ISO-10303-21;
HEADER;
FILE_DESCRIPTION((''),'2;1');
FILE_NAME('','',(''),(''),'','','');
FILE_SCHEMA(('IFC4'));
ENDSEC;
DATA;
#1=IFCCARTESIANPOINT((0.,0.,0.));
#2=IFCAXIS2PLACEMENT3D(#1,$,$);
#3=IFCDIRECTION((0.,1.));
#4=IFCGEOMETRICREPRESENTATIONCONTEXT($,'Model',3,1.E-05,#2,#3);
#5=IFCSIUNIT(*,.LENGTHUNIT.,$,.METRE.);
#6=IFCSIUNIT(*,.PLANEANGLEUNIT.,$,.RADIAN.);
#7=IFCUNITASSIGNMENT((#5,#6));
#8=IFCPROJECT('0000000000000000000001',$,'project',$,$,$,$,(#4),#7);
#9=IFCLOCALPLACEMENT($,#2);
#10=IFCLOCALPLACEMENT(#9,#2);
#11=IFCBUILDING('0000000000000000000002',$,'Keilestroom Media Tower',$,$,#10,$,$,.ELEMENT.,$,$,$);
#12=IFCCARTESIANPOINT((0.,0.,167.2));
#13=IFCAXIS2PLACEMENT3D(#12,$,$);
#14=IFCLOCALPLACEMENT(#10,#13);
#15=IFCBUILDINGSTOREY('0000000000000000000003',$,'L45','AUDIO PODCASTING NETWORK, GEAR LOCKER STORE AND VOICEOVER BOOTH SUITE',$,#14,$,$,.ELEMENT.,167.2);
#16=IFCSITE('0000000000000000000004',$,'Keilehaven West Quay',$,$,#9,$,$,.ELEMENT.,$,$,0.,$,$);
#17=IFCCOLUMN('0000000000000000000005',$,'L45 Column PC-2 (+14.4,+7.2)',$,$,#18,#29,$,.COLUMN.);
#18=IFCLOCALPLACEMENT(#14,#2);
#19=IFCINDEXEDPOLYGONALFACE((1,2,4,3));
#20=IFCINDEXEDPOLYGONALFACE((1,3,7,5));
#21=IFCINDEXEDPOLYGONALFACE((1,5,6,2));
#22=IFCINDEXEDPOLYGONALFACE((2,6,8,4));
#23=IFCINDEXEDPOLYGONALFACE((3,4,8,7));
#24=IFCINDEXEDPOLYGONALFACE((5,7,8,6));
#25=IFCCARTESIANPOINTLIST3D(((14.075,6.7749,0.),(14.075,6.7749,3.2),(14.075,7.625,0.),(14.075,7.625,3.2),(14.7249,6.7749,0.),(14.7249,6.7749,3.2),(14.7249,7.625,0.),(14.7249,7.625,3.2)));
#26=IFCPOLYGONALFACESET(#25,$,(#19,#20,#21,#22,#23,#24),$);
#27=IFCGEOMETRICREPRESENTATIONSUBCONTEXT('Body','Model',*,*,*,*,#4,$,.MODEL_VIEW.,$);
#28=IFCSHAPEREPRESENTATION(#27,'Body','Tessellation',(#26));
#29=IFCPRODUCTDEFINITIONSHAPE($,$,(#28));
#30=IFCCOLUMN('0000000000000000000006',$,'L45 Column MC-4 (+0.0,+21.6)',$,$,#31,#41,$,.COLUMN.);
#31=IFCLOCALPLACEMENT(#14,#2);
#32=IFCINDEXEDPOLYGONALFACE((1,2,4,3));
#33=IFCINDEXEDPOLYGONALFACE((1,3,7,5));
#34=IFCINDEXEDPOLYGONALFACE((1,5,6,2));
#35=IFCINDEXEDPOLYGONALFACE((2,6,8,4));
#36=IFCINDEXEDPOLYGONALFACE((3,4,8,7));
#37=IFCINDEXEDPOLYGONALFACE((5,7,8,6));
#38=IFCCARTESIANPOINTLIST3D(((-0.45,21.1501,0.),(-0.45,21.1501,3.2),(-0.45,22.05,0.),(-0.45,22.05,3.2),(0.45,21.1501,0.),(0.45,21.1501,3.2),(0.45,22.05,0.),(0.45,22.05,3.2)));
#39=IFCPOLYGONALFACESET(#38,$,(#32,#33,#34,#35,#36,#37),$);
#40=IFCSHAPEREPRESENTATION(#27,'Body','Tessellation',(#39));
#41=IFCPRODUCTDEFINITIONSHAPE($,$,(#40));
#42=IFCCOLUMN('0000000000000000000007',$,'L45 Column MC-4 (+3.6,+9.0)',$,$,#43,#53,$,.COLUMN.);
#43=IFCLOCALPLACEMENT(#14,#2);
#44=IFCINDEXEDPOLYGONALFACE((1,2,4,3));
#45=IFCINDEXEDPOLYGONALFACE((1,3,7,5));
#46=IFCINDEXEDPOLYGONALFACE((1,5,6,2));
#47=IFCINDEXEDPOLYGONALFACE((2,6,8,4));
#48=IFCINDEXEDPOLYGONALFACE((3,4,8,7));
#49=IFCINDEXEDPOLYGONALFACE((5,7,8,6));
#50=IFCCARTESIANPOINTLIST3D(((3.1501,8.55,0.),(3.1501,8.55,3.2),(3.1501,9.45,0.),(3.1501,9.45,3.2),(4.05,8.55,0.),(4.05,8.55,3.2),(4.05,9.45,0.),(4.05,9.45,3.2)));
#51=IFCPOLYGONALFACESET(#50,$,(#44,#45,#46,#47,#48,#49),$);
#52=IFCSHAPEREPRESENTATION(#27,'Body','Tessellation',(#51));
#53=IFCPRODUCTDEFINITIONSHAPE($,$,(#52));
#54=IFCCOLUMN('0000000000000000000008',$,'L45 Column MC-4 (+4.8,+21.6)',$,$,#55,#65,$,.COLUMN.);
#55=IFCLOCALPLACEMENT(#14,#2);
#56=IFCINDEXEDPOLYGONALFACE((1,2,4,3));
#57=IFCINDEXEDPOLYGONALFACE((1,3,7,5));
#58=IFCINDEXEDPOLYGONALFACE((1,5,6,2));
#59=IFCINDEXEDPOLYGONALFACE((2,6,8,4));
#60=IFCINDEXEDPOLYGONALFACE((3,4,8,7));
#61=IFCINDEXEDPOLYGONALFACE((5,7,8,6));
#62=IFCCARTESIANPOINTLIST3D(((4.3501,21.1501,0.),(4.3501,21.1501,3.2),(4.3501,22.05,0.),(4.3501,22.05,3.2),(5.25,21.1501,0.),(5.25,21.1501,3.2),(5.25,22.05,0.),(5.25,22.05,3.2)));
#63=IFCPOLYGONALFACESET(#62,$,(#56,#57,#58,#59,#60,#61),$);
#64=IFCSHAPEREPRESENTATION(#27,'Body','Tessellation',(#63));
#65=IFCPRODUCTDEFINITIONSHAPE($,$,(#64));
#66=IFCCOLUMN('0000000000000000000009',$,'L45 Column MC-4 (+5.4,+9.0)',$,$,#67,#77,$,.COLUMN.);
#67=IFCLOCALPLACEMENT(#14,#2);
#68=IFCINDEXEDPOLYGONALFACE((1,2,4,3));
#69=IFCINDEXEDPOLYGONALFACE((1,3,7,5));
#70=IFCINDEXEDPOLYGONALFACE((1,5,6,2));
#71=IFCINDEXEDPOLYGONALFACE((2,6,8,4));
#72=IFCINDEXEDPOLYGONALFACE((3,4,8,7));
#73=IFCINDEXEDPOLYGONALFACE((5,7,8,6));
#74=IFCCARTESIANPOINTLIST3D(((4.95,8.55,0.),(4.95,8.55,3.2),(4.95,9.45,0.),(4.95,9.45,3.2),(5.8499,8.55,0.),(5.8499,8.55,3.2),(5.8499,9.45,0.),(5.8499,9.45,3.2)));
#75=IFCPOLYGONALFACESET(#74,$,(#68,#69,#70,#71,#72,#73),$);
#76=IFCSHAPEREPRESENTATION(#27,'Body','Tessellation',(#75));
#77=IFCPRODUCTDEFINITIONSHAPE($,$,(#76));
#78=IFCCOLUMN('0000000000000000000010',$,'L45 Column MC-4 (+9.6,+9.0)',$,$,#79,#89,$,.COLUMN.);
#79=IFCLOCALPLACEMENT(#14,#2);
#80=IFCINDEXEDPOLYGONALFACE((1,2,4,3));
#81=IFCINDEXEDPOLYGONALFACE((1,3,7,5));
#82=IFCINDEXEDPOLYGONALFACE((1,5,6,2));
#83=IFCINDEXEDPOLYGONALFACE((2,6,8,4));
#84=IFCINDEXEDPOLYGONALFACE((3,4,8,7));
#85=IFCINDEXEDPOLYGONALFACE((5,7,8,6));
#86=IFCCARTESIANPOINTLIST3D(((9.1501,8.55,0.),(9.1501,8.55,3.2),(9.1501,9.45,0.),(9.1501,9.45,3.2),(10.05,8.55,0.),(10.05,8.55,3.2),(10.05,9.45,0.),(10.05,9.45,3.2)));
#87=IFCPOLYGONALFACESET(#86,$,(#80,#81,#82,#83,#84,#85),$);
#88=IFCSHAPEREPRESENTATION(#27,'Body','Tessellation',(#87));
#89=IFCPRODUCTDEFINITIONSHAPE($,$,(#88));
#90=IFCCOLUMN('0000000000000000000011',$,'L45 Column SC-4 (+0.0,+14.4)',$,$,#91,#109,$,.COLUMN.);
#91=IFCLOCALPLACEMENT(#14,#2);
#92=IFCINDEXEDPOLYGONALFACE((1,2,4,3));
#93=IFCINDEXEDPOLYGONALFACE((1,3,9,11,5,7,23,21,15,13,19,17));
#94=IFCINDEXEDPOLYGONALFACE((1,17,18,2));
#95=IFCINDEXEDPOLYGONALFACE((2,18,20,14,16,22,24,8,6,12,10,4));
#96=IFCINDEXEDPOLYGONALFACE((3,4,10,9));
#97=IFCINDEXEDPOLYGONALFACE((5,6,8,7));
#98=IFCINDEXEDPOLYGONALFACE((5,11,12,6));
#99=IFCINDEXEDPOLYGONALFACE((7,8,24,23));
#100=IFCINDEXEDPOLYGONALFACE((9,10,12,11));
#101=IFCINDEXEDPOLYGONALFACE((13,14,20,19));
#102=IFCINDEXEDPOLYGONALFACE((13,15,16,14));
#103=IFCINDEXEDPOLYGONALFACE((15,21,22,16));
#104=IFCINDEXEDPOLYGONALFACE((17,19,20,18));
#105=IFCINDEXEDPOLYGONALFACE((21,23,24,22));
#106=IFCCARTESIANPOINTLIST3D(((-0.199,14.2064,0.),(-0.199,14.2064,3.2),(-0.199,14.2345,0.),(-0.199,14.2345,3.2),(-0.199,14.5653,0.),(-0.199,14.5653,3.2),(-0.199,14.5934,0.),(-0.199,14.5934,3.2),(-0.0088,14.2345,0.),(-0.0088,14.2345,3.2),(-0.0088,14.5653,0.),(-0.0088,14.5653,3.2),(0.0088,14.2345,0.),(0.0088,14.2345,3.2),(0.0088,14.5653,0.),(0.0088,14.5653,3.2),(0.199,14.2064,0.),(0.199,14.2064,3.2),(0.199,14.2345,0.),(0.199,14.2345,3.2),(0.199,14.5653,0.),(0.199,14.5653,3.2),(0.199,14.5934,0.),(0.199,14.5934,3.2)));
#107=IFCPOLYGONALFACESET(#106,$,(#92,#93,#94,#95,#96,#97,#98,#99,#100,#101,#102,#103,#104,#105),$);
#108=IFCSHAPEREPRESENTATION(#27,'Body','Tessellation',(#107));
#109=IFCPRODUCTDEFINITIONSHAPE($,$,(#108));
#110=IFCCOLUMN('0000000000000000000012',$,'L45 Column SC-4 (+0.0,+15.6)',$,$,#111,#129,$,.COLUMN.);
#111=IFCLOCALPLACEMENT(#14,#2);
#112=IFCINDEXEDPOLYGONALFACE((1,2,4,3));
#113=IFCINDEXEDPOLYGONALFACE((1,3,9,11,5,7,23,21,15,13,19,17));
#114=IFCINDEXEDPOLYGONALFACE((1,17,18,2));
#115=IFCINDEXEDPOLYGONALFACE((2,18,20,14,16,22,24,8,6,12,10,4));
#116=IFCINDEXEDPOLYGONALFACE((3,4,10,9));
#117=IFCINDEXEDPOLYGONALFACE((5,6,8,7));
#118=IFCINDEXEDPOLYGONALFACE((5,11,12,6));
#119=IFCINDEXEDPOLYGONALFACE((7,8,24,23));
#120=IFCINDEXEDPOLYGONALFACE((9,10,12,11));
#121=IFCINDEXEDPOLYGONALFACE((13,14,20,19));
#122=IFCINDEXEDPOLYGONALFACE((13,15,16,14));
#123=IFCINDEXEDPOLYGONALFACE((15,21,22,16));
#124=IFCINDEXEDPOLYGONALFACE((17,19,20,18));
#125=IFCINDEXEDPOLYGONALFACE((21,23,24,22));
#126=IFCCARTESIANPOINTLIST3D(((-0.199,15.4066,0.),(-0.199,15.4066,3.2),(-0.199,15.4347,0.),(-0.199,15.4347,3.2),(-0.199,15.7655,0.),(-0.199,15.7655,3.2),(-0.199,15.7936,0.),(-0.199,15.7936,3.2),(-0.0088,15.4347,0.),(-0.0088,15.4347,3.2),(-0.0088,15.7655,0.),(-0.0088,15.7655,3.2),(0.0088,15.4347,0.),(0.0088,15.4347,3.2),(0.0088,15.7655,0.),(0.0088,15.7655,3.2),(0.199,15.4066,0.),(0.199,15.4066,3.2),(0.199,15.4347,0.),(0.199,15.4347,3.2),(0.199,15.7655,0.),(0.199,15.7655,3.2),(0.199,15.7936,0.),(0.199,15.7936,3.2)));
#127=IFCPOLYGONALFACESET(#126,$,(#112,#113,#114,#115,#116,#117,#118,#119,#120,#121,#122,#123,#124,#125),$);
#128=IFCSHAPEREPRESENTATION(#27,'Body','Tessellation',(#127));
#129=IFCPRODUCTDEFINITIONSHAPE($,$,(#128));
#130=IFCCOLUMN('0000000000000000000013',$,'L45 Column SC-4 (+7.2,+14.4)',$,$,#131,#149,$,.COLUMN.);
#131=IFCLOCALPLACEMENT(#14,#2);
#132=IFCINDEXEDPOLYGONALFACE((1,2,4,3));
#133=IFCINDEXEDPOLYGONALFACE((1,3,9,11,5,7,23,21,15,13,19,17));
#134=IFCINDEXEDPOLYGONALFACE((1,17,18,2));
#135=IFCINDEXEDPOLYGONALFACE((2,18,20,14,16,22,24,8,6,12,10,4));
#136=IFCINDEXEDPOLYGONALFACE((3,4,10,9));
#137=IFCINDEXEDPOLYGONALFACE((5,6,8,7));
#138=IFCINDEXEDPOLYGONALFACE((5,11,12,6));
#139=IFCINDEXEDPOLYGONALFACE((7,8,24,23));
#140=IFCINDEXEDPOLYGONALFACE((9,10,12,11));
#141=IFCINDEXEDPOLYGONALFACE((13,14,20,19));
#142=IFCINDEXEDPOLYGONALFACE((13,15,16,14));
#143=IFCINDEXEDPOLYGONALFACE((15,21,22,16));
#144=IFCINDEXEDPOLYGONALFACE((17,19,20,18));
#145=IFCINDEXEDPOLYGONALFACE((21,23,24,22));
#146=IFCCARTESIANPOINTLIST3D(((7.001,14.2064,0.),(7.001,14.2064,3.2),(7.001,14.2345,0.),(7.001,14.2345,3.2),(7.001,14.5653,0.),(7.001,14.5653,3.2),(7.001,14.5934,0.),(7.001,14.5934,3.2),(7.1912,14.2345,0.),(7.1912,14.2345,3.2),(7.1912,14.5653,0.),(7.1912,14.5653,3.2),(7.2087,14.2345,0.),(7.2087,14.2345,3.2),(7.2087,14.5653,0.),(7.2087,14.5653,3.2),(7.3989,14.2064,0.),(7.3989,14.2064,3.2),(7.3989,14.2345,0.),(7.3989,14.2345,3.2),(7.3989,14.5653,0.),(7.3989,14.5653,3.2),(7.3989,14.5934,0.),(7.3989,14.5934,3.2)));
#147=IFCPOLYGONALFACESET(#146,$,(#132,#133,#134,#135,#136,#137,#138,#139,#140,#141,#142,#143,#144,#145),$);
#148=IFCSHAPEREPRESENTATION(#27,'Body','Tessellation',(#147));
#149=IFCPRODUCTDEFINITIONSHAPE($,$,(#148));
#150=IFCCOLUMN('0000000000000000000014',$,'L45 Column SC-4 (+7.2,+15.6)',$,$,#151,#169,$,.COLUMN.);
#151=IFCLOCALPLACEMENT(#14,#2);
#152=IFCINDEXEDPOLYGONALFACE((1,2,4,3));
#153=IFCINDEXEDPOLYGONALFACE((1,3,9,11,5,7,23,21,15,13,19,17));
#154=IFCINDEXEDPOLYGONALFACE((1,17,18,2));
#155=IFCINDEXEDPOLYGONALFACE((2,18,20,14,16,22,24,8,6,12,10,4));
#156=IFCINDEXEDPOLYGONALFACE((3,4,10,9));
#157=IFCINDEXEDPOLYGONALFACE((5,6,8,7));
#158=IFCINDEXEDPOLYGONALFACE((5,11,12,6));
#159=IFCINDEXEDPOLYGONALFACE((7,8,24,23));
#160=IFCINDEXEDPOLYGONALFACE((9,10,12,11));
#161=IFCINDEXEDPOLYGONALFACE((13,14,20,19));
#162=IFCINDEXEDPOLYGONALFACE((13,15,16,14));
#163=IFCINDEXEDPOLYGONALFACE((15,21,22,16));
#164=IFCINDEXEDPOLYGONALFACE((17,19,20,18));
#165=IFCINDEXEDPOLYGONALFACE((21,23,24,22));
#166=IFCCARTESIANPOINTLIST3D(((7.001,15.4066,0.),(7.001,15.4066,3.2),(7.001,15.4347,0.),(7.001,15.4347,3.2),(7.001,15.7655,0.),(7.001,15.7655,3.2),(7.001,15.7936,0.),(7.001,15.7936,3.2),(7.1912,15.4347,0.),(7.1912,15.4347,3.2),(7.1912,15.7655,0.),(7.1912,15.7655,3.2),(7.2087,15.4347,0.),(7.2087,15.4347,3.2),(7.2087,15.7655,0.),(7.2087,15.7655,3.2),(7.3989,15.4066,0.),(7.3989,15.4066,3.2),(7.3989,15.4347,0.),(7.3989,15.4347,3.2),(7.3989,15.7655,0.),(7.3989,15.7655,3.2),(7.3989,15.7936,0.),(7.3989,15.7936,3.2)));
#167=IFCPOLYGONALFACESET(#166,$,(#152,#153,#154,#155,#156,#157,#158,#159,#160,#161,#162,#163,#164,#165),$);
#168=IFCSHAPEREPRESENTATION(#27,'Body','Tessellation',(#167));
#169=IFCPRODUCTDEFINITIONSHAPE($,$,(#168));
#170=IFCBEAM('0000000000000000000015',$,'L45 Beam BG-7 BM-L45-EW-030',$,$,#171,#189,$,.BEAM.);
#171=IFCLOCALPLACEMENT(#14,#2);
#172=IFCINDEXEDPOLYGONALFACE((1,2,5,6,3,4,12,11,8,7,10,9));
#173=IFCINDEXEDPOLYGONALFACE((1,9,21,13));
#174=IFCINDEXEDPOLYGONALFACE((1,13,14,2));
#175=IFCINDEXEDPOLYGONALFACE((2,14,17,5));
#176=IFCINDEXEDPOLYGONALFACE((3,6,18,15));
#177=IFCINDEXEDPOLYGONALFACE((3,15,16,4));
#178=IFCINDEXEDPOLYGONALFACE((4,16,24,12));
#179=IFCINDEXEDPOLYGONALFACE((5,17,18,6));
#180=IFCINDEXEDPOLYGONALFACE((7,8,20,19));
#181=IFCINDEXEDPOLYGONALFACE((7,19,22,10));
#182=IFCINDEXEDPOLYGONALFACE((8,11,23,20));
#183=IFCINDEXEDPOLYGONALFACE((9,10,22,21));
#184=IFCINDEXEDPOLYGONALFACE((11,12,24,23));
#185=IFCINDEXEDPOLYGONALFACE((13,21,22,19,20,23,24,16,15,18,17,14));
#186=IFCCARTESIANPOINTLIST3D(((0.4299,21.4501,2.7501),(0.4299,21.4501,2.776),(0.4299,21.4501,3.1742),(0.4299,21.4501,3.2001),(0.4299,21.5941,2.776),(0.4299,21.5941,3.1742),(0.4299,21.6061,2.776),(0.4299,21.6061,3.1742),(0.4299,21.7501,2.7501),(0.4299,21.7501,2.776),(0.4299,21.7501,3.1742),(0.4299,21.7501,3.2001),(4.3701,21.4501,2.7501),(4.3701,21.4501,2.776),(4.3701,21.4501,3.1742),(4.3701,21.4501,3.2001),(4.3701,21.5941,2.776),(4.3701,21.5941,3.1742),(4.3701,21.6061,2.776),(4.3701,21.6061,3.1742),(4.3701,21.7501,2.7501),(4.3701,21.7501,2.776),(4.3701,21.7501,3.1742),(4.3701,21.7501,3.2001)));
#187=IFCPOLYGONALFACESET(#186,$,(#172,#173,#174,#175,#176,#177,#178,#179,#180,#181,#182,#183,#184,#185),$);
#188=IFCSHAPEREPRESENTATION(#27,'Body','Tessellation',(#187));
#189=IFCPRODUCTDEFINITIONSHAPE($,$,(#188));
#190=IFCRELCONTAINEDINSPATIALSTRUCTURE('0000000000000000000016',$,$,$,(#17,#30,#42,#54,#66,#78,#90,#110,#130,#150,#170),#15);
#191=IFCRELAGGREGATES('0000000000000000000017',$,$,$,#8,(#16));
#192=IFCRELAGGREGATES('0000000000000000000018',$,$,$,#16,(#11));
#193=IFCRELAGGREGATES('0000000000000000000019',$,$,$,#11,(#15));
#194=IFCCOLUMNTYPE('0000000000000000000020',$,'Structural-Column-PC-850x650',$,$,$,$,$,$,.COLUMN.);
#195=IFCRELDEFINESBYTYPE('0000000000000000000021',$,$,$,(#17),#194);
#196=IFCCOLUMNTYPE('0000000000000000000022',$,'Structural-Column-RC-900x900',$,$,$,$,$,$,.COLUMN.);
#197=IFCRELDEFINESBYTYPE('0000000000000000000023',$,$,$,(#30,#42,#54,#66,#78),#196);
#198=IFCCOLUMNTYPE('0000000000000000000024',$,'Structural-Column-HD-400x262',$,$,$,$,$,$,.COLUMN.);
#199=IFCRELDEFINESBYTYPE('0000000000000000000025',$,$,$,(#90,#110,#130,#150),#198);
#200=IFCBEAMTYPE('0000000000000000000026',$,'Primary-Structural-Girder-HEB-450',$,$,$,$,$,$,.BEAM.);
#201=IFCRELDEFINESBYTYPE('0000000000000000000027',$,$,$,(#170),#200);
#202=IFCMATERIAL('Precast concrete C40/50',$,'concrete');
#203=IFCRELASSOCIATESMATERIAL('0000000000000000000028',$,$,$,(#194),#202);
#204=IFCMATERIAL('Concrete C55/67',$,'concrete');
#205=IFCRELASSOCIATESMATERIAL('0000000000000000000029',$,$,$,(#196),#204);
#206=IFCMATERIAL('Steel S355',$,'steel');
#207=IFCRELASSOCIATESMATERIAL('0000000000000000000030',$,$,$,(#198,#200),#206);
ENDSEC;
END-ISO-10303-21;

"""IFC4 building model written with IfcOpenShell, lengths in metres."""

from ifc_helpers import new_model, si_unit, direction, frame, origin, origin_2d, place, context, subcontext, project, spatial, rectangle, i_section, extrude, source, transform, mapped, material, material_profile, profile_set, type_object, element, save


model = new_model("IFC4")

# Units and contexts
model_context = context("Model", 3, precision=1e-05, world=origin(), true_north=direction((0.0, 1.0)))
body_context = subcontext(model_context, "Body", "Model", "MODEL_VIEW")
ifc_project = project(units=[si_unit("LENGTHUNIT", "METRE"), si_unit("PLANEANGLEUNIT", "RADIAN")], contexts=[model_context])

# Site, building, storey
site_placement = place(None, origin())
site = spatial("IfcSite", under=ifc_project, at=site_placement, Name="Keilehaven West Quay", CompositionType="ELEMENT", RefElevation=0.0)
building_placement = place(site_placement, origin())
building = spatial("IfcBuilding", under=site, at=building_placement, Name="Keilestroom Media Tower", CompositionType="ELEMENT")
storey_placement = place(building_placement, frame((0.0, 0.0, 167.2)))
storey = spatial("IfcBuildingStorey", under=building, at=storey_placement, Name="L45", Description="AUDIO PODCASTING NETWORK, GEAR LOCKER STORE AND VOICEOVER BOOTH SUITE", CompositionType="ELEMENT", Elevation=167.2)

# Columns
ifc_material_1 = material(Name="Precast concrete C40/50", Category="concrete")
ifc_material_profile_1 = material_profile(ifc_material_1, rectangle(XDim=0.6499, YDim=0.8501, at=origin_2d()), Name="PC 850x650")
ifc_profile_set_1 = profile_set([ifc_material_profile_1], Name="Precast concrete C40/50")
column_type_1 = type_object("IfcColumnType", Name="Structural-Column-PC-850x650", PredefinedType="COLUMN", material=ifc_profile_set_1)
shared_shape_1 = source(origin(), body_context, "Body", "SweptSolid", [
    extrude(rectangle(XDim=0.6499, YDim=0.8501, at=origin_2d()), origin(), (0.0, 0.0, 1.0), 3.2),
])
column_placement = place(storey_placement, frame((14.3999, 7.2, 0.0), z_axis=(0.0, 0.0, 1.0), x_axis=(1.0, 0.0, 0.0)))
element("IfcColumn", 1, at=column_placement, inside=storey, type_object=column_type_1, Name="L45 Column PC-2 (+14.4,+7.2)", PredefinedType="COLUMN", context=body_context, shape_type="MappedRepresentation", body=[
    mapped(shared_shape_1, transform((0.0, 0.0, 0.0), x_axis=(1.0, 0.0, 0.0), y_axis=(0.0, 1.0, 0.0), z_axis=(0.0, 0.0, 1.0), scale=1.0)),
])
ifc_material_2 = material(Name="Concrete C55/67", Category="concrete")
ifc_material_profile_2 = material_profile(ifc_material_2, rectangle(XDim=0.8999, YDim=0.8999, at=origin_2d()), Name="RC 900x900")
ifc_profile_set_2 = profile_set([ifc_material_profile_2], Name="Concrete C55/67")
column_type_2 = type_object("IfcColumnType", Name="Structural-Column-RC-900x900", PredefinedType="COLUMN", material=ifc_profile_set_2)
shared_shape_2 = source(origin(), body_context, "Body", "SweptSolid", [
    extrude(rectangle(XDim=0.8999, YDim=0.8999, at=origin_2d()), origin(), (0.0, 0.0, 1.0), 3.2),
])
for number, where, z_axis, x_axis, name in (
    (2, (0.0, 21.6001, 0.0), (0.0, 0.0, 1.0), (1.0, 0.0, 0.0), "L45 Column MC-4 (+0.0,+21.6)"),
    (3, (3.6001, 9.0, 0.0), (0.0, 0.0, 1.0), (1.0, 0.0, 0.0), "L45 Column MC-4 (+3.6,+9.0)"),
    (4, (4.8, 21.6001, 0.0), (0.0, 0.0, 1.0), (1.0, 0.0, 0.0), "L45 Column MC-4 (+4.8,+21.6)"),
    (5, (5.3999, 9.0, 0.0), (0.0, 0.0, 1.0), (1.0, 0.0, 0.0), "L45 Column MC-4 (+5.4,+9.0)"),
    (6, (9.6001, 9.0, 0.0), (0.0, 0.0, 1.0), (1.0, 0.0, 0.0), "L45 Column MC-4 (+9.6,+9.0)"),
):
    element("IfcColumn", number, at=place(storey_placement, frame(where, z_axis=z_axis, x_axis=x_axis)), inside=storey, type_object=column_type_2, Name=name, PredefinedType="COLUMN", context=body_context, shape_type="MappedRepresentation", body=[
        mapped(shared_shape_2, transform((0.0, 0.0, 0.0), x_axis=(1.0, 0.0, 0.0), y_axis=(0.0, 1.0, 0.0), z_axis=(0.0, 0.0, 1.0), scale=1.0)),
    ])
ifc_material_3 = material(Name="Steel S355", Category="steel")
ifc_material_profile_3 = material_profile(ifc_material_3, i_section(OverallWidth=0.3979, OverallDepth=0.387, WebThickness=0.0176, FlangeThickness=0.0281, at=origin_2d()), Name="HD 400x262")
ifc_profile_set_3 = profile_set([ifc_material_profile_3], Name="Steel S355")
column_type_3 = type_object("IfcColumnType", Name="Structural-Column-HD-400x262", PredefinedType="COLUMN", material=ifc_profile_set_3)
shared_shape_3 = source(origin(), body_context, "Body", "SweptSolid", [
    extrude(i_section(OverallWidth=0.3979, OverallDepth=0.387, WebThickness=0.0176, FlangeThickness=0.0281, at=origin_2d()), origin(), (0.0, 0.0, 1.0), 3.2),
])
for number, where, z_axis, x_axis, name in (
    (7, (0.0, 14.3999, 0.0), (0.0, 0.0, 1.0), (1.0, 0.0, 0.0), "L45 Column SC-4 (+0.0,+14.4)"),
    (8, (0.0, 15.6001, 0.0), (0.0, 0.0, 1.0), (1.0, 0.0, 0.0), "L45 Column SC-4 (+0.0,+15.6)"),
    (9, (7.2, 14.3999, 0.0), (0.0, 0.0, 1.0), (1.0, 0.0, 0.0), "L45 Column SC-4 (+7.2,+14.4)"),
    (10, (7.2, 15.6001, 0.0), (0.0, 0.0, 1.0), (1.0, 0.0, 0.0), "L45 Column SC-4 (+7.2,+15.6)"),
):
    element("IfcColumn", number, at=place(storey_placement, frame(where, z_axis=z_axis, x_axis=x_axis)), inside=storey, type_object=column_type_3, Name=name, PredefinedType="COLUMN", context=body_context, shape_type="MappedRepresentation", body=[
        mapped(shared_shape_3, transform((0.0, 0.0, 0.0), x_axis=(1.0, 0.0, 0.0), y_axis=(0.0, 1.0, 0.0), z_axis=(0.0, 0.0, 1.0), scale=1.0)),
    ])

# Beam
ifc_material_profile_4 = material_profile(ifc_material_3, i_section(OverallWidth=0.3, OverallDepth=0.45, WebThickness=0.012, FlangeThickness=0.0259, at=origin_2d()), Name="HEB 450")
ifc_profile_set_4 = profile_set([ifc_material_profile_4], Name="Steel S355")
beam_type_1 = type_object("IfcBeamType", Name="Primary-Structural-Girder-HEB-450", PredefinedType="BEAM", material=ifc_profile_set_4)
shared_shape_4 = source(origin(), body_context, "Body", "SweptSolid", [
    extrude(i_section(OverallWidth=0.3, OverallDepth=0.45, WebThickness=0.012, FlangeThickness=0.0259, at=origin_2d()), origin(), (0.0, 0.0, 1.0), 3.9402),
])
beam_1_placement = place(storey_placement, frame((0.4299, 21.6001, 2.9751), z_axis=(1.0, 0.0, 0.0), x_axis=(0.0, 1.0, 0.0)))
element("IfcBeam", 11, at=beam_1_placement, inside=storey, type_object=beam_type_1, Name="L45 Beam BG-7 BM-L45-EW-030", PredefinedType="BEAM", context=body_context, shape_type="MappedRepresentation", body=[
    mapped(shared_shape_4, transform((0.0, 0.0, 0.0), x_axis=(1.0, 0.0, 0.0), y_axis=(0.0, 1.0, 0.0), z_axis=(0.0, 0.0, 1.0), scale=1.0)),
])

save(model, "model.ifc")
